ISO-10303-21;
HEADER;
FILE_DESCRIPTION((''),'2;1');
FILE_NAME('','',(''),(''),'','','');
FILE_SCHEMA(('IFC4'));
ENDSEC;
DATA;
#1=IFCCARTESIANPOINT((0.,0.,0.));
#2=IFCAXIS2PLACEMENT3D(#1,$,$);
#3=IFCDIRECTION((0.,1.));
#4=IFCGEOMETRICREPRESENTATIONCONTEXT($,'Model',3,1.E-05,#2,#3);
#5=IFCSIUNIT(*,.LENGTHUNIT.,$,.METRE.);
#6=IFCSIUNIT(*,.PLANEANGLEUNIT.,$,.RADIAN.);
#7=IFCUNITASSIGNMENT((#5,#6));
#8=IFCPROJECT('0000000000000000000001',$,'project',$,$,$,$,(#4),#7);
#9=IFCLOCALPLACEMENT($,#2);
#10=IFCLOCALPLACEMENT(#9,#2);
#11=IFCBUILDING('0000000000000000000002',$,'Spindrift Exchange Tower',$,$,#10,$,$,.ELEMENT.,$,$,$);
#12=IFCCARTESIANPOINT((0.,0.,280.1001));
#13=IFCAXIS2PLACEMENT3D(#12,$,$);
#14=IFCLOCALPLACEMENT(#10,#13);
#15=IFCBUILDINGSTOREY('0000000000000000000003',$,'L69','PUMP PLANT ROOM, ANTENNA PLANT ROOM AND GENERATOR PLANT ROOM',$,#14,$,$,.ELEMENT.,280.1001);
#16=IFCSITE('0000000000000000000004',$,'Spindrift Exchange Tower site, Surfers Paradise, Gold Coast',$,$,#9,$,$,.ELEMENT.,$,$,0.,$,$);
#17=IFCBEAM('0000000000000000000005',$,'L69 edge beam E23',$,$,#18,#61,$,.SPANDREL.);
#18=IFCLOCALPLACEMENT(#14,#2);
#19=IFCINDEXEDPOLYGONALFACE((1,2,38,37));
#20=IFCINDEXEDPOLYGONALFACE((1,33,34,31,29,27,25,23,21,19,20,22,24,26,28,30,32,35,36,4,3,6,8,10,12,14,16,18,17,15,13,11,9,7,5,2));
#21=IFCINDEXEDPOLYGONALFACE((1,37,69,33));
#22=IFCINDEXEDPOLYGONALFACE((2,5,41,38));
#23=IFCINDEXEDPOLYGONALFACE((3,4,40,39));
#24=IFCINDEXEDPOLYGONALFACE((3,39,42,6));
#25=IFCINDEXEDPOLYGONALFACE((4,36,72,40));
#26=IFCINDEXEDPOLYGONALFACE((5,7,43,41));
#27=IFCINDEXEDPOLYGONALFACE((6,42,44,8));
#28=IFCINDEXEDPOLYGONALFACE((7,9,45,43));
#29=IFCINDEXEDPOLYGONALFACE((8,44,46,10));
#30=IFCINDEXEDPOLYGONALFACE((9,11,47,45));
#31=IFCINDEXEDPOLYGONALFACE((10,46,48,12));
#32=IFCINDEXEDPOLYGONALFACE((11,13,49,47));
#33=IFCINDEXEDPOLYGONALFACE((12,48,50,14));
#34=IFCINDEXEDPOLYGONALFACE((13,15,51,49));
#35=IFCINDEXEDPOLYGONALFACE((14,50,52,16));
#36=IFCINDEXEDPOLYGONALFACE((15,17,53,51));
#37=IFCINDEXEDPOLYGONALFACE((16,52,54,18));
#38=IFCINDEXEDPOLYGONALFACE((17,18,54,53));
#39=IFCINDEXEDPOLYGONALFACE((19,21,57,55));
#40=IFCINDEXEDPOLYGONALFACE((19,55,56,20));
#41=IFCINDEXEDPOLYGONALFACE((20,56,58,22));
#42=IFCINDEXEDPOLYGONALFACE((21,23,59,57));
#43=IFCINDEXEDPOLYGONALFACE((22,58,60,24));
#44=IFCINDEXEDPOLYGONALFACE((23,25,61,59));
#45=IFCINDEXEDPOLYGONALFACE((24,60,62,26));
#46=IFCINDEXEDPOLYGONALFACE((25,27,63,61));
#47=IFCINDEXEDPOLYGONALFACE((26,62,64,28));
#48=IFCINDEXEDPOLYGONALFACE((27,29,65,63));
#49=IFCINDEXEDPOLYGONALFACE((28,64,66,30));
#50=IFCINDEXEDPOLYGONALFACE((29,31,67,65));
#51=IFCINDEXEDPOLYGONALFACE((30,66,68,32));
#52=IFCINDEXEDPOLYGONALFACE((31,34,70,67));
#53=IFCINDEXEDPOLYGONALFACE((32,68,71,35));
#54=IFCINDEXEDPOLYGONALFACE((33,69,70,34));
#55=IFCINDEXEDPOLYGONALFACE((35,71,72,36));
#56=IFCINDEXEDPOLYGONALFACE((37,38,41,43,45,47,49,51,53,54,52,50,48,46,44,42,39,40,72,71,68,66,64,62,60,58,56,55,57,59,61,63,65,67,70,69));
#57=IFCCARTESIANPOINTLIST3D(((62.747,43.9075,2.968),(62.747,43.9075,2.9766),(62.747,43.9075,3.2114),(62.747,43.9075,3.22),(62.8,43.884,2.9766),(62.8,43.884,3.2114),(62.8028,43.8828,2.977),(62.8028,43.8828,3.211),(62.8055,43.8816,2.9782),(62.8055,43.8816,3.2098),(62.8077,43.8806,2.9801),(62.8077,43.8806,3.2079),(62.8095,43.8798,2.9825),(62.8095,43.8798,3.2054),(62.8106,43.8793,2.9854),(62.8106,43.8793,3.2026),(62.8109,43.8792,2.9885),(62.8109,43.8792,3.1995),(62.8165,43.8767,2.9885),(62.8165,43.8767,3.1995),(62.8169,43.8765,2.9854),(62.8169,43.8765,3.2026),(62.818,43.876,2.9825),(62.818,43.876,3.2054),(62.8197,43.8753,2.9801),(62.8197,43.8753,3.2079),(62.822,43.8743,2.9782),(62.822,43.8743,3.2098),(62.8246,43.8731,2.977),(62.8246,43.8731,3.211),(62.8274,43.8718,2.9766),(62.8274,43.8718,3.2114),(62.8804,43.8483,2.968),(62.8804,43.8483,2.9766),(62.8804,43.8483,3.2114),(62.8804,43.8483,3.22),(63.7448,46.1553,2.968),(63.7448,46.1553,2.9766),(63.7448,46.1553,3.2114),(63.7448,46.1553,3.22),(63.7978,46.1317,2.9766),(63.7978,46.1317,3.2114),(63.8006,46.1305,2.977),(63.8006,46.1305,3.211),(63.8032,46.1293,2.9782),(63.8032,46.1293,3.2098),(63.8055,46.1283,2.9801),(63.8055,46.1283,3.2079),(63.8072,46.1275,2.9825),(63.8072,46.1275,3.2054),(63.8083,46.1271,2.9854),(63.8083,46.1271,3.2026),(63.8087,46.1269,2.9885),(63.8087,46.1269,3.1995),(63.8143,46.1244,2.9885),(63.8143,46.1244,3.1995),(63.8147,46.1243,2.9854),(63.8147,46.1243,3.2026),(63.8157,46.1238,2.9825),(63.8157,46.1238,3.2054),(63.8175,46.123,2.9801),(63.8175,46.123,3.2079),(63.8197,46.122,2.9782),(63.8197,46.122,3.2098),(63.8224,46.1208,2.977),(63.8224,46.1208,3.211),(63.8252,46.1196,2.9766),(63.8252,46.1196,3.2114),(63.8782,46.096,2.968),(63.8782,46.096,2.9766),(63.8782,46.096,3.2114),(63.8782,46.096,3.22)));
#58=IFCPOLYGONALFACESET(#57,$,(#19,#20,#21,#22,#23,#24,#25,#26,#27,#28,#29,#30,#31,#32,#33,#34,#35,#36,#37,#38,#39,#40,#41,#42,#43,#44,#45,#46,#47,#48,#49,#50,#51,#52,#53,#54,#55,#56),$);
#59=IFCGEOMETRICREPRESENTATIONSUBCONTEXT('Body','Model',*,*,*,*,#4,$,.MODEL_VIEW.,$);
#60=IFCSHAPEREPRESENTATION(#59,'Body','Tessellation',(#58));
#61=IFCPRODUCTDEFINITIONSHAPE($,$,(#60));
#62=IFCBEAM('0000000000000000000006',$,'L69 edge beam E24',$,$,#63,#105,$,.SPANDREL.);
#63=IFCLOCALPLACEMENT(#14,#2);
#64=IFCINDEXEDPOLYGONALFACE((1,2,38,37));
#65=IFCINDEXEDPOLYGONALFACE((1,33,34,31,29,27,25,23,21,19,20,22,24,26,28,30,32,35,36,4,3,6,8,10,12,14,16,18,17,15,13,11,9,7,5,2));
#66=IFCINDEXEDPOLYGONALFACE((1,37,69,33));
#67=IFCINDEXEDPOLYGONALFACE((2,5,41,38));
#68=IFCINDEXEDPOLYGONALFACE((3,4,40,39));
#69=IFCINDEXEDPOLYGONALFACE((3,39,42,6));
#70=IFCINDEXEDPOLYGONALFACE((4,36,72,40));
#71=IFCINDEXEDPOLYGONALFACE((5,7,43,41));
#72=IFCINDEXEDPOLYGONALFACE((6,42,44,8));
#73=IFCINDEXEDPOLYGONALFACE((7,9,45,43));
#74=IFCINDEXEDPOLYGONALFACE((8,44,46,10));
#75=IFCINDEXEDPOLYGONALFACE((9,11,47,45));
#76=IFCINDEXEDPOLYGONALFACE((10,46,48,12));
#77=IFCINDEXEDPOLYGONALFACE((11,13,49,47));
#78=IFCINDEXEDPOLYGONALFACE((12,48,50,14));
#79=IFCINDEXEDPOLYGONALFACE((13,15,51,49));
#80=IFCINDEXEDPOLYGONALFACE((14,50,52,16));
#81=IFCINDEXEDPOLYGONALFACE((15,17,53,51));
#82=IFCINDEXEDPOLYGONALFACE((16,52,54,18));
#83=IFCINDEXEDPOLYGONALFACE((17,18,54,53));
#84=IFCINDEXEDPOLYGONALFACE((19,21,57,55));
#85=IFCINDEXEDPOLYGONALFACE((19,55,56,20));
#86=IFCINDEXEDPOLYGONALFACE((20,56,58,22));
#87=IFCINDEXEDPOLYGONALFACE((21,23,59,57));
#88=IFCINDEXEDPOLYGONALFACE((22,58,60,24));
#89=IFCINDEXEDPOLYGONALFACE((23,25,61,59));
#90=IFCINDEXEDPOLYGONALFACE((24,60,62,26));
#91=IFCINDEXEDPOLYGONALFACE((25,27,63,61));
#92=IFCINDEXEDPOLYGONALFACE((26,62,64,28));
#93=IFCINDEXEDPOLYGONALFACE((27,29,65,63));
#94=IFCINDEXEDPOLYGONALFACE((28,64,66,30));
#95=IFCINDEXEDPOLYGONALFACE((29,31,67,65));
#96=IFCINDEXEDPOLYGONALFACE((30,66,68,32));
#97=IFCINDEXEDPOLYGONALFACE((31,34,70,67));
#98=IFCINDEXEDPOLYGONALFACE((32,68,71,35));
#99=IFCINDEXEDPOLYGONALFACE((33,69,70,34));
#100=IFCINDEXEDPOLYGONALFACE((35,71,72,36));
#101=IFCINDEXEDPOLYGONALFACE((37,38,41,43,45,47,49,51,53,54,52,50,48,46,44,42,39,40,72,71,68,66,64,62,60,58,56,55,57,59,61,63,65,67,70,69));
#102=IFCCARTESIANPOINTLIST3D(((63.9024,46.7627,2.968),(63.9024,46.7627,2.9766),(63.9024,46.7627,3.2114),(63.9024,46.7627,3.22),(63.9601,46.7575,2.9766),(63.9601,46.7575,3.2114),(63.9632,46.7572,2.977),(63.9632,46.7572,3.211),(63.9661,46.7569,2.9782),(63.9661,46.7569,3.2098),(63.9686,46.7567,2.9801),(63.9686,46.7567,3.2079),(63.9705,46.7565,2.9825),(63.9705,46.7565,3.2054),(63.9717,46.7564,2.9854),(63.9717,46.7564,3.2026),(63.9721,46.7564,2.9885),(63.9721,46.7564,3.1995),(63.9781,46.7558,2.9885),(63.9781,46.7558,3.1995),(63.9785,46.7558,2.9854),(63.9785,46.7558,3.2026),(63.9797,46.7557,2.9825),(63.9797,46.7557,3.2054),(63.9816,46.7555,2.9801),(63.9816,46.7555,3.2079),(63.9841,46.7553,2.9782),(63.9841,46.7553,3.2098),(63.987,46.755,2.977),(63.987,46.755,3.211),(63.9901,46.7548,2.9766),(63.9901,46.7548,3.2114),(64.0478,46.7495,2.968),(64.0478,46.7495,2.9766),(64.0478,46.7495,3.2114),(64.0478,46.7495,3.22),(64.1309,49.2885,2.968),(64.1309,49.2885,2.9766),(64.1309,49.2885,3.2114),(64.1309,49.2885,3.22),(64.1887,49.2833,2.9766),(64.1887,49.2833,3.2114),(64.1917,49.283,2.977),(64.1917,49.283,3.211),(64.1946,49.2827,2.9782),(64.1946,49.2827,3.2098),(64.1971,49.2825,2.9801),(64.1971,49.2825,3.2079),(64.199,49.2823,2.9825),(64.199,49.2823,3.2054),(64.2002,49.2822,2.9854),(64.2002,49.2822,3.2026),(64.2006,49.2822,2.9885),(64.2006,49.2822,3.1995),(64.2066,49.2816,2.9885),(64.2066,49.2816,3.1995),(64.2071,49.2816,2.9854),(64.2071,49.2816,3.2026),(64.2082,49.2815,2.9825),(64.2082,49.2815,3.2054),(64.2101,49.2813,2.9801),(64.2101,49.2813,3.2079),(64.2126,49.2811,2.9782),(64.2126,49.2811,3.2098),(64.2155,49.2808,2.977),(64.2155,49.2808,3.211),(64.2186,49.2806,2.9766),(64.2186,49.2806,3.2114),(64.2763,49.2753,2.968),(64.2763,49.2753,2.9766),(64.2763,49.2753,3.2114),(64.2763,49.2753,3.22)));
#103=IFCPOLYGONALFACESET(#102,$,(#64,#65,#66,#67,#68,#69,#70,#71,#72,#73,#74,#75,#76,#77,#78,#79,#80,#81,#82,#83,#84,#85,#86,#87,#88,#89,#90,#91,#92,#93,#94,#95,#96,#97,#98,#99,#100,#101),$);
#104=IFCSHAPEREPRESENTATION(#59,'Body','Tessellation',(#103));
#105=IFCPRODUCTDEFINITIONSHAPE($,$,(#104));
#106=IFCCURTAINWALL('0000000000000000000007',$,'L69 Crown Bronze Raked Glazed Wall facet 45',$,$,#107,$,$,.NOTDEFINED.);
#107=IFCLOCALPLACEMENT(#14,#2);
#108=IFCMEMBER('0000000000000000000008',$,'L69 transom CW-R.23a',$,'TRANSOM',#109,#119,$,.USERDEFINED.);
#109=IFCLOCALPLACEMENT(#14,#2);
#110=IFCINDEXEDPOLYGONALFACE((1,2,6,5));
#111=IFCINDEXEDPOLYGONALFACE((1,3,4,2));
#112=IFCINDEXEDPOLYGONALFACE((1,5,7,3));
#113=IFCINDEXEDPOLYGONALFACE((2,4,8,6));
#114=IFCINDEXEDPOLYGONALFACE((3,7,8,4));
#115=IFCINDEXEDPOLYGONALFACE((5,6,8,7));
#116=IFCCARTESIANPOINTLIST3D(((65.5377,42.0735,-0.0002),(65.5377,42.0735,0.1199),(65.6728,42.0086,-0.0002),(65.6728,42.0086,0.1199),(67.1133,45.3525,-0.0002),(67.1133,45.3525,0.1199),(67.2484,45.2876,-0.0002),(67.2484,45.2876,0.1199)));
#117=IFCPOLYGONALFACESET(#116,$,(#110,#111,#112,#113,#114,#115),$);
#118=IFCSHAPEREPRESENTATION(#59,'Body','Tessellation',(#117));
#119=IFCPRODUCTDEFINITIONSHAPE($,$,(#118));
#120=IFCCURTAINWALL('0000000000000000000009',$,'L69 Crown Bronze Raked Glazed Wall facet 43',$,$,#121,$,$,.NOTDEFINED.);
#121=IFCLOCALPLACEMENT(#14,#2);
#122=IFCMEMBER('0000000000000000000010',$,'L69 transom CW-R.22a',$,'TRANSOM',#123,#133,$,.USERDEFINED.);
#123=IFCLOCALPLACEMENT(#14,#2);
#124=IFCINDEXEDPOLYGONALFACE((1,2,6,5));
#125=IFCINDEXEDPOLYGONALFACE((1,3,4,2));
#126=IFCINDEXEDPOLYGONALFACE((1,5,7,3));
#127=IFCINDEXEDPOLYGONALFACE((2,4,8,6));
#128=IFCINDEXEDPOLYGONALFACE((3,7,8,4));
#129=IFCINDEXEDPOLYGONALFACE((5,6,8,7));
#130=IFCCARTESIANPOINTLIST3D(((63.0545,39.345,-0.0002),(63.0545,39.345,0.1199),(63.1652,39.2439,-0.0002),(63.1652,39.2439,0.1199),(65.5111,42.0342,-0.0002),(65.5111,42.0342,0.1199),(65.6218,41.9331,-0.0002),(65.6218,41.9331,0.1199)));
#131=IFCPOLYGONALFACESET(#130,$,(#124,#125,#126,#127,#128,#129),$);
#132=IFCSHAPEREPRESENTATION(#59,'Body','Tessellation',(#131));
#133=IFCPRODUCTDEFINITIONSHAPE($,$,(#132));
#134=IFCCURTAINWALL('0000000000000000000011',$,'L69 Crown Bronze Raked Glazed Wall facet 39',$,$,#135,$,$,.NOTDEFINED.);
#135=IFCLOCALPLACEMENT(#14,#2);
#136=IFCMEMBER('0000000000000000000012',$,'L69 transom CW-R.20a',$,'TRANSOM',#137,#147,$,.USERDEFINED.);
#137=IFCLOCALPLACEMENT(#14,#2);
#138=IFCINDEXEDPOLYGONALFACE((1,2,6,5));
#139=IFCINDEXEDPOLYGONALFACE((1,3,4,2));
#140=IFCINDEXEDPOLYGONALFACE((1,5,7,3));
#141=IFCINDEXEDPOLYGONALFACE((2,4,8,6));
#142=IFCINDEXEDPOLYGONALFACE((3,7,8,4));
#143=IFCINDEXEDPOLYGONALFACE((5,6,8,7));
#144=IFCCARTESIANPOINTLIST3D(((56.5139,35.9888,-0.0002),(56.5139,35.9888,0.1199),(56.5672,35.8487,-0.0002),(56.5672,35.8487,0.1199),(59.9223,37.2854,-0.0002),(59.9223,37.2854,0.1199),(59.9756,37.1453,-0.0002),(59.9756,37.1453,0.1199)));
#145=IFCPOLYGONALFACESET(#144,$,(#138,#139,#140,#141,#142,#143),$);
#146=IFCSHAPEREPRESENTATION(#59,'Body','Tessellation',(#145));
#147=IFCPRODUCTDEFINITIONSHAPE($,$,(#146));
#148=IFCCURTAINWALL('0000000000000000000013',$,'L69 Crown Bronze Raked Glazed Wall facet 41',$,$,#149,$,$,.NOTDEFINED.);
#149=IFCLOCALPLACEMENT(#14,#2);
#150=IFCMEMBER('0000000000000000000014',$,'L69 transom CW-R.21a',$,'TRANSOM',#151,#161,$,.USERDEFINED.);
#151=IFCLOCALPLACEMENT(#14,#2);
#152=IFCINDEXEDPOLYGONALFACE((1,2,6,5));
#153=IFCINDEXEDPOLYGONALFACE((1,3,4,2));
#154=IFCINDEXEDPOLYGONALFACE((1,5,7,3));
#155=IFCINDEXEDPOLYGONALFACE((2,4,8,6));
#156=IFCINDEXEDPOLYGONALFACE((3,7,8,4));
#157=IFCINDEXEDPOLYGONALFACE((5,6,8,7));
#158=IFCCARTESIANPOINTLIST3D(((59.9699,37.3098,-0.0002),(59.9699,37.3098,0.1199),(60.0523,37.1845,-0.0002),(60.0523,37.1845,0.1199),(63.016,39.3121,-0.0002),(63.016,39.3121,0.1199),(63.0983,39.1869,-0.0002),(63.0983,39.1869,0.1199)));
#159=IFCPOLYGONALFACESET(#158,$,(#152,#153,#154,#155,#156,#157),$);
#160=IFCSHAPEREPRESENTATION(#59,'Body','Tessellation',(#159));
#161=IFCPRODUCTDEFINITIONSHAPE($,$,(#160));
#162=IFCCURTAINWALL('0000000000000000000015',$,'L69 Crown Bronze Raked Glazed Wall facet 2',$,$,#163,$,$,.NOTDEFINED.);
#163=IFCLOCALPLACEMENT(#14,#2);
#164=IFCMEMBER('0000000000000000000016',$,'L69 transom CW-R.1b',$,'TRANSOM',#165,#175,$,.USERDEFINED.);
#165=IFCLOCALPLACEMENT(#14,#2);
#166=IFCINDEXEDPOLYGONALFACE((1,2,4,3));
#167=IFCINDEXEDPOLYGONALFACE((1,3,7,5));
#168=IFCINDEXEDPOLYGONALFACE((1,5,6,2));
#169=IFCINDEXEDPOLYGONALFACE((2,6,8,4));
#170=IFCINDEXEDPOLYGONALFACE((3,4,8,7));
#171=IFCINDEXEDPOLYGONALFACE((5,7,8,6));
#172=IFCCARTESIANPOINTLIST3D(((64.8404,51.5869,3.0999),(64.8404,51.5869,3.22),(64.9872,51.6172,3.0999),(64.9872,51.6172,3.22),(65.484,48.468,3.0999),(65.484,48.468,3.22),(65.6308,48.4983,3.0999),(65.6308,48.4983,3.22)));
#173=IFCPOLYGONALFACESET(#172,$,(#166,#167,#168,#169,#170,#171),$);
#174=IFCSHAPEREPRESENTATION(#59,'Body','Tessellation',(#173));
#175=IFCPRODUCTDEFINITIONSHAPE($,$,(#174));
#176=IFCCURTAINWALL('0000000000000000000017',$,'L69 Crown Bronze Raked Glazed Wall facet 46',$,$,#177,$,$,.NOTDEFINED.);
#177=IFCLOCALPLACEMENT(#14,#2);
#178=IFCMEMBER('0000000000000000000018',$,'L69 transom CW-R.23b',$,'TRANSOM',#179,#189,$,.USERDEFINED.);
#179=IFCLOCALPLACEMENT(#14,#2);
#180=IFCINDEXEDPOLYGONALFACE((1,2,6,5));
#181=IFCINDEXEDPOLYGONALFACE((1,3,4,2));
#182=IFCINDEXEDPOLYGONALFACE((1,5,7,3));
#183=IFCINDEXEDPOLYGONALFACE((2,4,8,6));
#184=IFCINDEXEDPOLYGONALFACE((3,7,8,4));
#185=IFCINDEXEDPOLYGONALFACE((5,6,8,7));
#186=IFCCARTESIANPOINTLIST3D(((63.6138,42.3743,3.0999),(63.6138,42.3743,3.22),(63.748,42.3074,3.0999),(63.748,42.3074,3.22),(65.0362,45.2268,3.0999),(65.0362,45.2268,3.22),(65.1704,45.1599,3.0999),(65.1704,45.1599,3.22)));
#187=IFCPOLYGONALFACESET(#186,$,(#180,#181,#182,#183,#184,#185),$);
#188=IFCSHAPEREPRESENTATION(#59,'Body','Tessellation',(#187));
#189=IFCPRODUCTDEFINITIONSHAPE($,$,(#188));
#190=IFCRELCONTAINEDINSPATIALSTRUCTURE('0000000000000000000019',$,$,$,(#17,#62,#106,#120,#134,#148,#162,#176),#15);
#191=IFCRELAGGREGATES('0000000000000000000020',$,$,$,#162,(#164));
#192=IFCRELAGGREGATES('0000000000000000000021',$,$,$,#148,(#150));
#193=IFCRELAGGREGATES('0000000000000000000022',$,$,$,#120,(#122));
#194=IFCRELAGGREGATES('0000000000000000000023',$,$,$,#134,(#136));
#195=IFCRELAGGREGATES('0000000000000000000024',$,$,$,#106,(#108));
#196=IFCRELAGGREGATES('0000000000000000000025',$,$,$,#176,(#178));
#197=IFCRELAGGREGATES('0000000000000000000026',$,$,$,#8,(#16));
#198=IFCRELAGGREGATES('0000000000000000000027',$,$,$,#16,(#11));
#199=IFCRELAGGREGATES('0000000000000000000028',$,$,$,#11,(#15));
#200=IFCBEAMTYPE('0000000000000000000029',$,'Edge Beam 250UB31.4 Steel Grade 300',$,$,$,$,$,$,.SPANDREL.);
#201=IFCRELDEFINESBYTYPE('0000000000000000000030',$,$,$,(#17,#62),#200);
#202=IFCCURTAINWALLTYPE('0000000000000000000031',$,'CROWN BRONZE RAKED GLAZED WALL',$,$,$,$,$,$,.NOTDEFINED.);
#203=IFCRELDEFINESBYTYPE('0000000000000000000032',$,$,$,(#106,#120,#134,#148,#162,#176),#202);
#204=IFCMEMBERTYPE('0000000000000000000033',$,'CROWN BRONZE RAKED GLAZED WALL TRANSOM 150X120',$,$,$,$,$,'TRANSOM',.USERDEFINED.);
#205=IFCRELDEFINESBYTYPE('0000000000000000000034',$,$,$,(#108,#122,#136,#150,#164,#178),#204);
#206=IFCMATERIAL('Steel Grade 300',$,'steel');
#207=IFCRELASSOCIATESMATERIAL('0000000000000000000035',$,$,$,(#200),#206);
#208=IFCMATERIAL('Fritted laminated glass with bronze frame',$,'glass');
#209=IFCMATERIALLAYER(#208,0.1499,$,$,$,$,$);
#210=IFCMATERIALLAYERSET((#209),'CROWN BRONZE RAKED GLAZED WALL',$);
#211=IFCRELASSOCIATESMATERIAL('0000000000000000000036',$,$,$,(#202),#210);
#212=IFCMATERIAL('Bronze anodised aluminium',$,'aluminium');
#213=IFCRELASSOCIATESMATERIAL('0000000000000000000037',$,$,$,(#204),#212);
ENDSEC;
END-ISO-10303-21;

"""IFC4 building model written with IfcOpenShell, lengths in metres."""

from ifc_helpers import new_model, si_unit, direction, frame, origin, origin_2d, place, context, subcontext, project, spatial, rectangle, i_section, extrude, source, transform, mapped, material, layer, layer_set, material_profile, profile_set, type_object, element, aggregate, save


model = new_model("IFC4")

# Units and contexts
model_context = context("Model", 3, precision=1e-05, world=origin(), true_north=direction((0.0, 1.0)))
body_context = subcontext(model_context, "Body", "Model", "MODEL_VIEW")
ifc_project = project(units=[si_unit("LENGTHUNIT", "METRE"), si_unit("PLANEANGLEUNIT", "RADIAN")], contexts=[model_context])

# Site, building, storey
site_placement = place(None, origin())
site = spatial("IfcSite", under=ifc_project, at=site_placement, Name="Spindrift Exchange Tower site, Surfers Paradise, Gold Coast", CompositionType="ELEMENT", RefElevation=0.0)
building_placement = place(site_placement, origin())
building = spatial("IfcBuilding", under=site, at=building_placement, Name="Spindrift Exchange Tower", CompositionType="ELEMENT")
storey_placement = place(building_placement, frame((0.0, 0.0, 280.1001)))
storey = spatial("IfcBuildingStorey", under=building, at=storey_placement, Name="L69", Description="PUMP PLANT ROOM, ANTENNA PLANT ROOM AND GENERATOR PLANT ROOM", CompositionType="ELEMENT", Elevation=280.1001)

# Beams
ifc_material_1 = material(Name="Steel Grade 300", Category="steel")
ifc_material_profile_1 = material_profile(ifc_material_1, i_section(OverallWidth=0.146, OverallDepth=0.252, WebThickness=0.0061, FlangeThickness=0.0085, FilletRadius=0.012, at=origin_2d()), Name="250UB31.4")
ifc_profile_set_1 = profile_set([ifc_material_profile_1], Name="Steel Grade 300")
beam_type_1 = type_object("IfcBeamType", Name="Edge Beam 250UB31.4 Steel Grade 300", PredefinedType="SPANDREL", material=ifc_profile_set_1)
shared_shape_1 = source(origin(), body_context, "Body", "SweptSolid", [
    extrude(i_section(OverallWidth=0.146, OverallDepth=0.252, WebThickness=0.0061, FlangeThickness=0.0085, FilletRadius=0.012, at=origin_2d()), origin(), (0.0, 0.0, 1.0), 2.4592),
])
beam_1_placement = place(storey_placement, frame((62.8137, 43.8779, 3.094), z_axis=(0.405724, 0.913996, 0.0), x_axis=(-0.913996, 0.405724, 0.0)))
element("IfcBeam", 1, at=beam_1_placement, inside=storey, type_object=beam_type_1, Name="L69 edge beam E23", PredefinedType="SPANDREL", context=body_context, shape_type="MappedRepresentation", body=[
    mapped(shared_shape_1, transform((0.0, 0.0, 0.0), scale=1.0)),
])
shared_shape_2 = source(origin(), body_context, "Body", "SweptSolid", [
    extrude(i_section(OverallWidth=0.146, OverallDepth=0.252, WebThickness=0.0061, FlangeThickness=0.0085, FilletRadius=0.012, at=origin_2d()), origin(), (0.0, 0.0, 1.0), 2.5361),
])
beam_2_placement = place(storey_placement, frame((63.9751, 46.7561, 3.094), z_axis=(0.090102, 0.995933, 0.0), x_axis=(-0.995933, 0.090102, 0.0)))
element("IfcBeam", 2, at=beam_2_placement, inside=storey, type_object=beam_type_1, Name="L69 edge beam E24", PredefinedType="SPANDREL", context=body_context, shape_type="MappedRepresentation", body=[
    mapped(shared_shape_2, transform((0.0, 0.0, 0.0), scale=1.0)),
])

# Curtain walls, members
ifc_material_2 = material(Name="Fritted laminated glass with bronze frame", Category="glass")
ifc_layer_1 = layer(ifc_material_2, 0.1499)
ifc_layer_set_1 = layer_set([ifc_layer_1], Name="CROWN BRONZE RAKED GLAZED WALL")
curtain_wall_type = type_object("IfcCurtainWallType", Name="CROWN BRONZE RAKED GLAZED WALL", PredefinedType="NOTDEFINED", material=ifc_layer_set_1)
curtain_wall_1_placement = place(storey_placement, origin())
curtain_wall_1 = element("IfcCurtainWall", 3, at=curtain_wall_1_placement, inside=storey, type_object=curtain_wall_type, Name="L69 Crown Bronze Raked Glazed Wall facet 45", PredefinedType="NOTDEFINED")
ifc_material_3 = material(Name="Bronze anodised aluminium", Category="aluminium")
ifc_material_profile_2 = material_profile(ifc_material_3, rectangle(XDim=0.1499, YDim=0.1201, at=origin_2d()), Name="CROWN BRONZE RAKED GLAZED WALL TRANSOM 150X120")
ifc_profile_set_2 = profile_set([ifc_material_profile_2], Name="Bronze anodised aluminium")
member_type_1 = type_object("IfcMemberType", Name="CROWN BRONZE RAKED GLAZED WALL TRANSOM 150X120", ElementType="TRANSOM", PredefinedType="USERDEFINED", material=ifc_profile_set_2)
shared_shape_3 = source(origin(), body_context, "Body", "SweptSolid", [
    extrude(rectangle(XDim=0.1499, YDim=0.1201, at=origin_2d()), origin(), (0.0, 0.0, 1.0), 3.6379),
])
member_1_placement = place(storey_placement, frame((65.6052, 42.041, 0.0598), z_axis=(0.433119, 0.901337, 0.0), x_axis=(-0.901337, 0.433119, 0.0)))
member_1 = element("IfcMember", 4, at=member_1_placement, type_object=member_type_1, Name="L69 transom CW-R.23a", ObjectType="TRANSOM", PredefinedType="USERDEFINED", context=body_context, shape_type="MappedRepresentation", body=[
    mapped(shared_shape_3, transform((0.0, 0.0, 0.0), scale=1.0)),
])
curtain_wall_2_placement = place(storey_placement, origin())
curtain_wall_2 = element("IfcCurtainWall", 5, at=curtain_wall_2_placement, inside=storey, type_object=curtain_wall_type, Name="L69 Crown Bronze Raked Glazed Wall facet 43", PredefinedType="NOTDEFINED")
shared_shape_4 = source(origin(), body_context, "Body", "SweptSolid", [
    extrude(rectangle(XDim=0.1499, YDim=0.1201, at=origin_2d()), origin(), (0.0, 0.0, 1.0), 3.6423),
])
member_2_placement = place(storey_placement, frame((63.1099, 39.2944, 0.0598), z_axis=(0.674446, 0.738324, 0.0), x_axis=(-0.738324, 0.674446, 0.0)))
member_2 = element("IfcMember", 6, at=member_2_placement, type_object=member_type_1, Name="L69 transom CW-R.22a", ObjectType="TRANSOM", PredefinedType="USERDEFINED", context=body_context, shape_type="MappedRepresentation", body=[
    mapped(shared_shape_4, transform((0.0, 0.0, 0.0), scale=1.0)),
])
curtain_wall_3_placement = place(storey_placement, origin())
curtain_wall_3 = element("IfcCurtainWall", 7, at=curtain_wall_3_placement, inside=storey, type_object=curtain_wall_type, Name="L69 Crown Bronze Raked Glazed Wall facet 39", PredefinedType="NOTDEFINED")
shared_shape_5 = source(origin(), body_context, "Body", "SweptSolid", [
    extrude(rectangle(XDim=0.1499, YDim=0.1201, at=origin_2d()), origin(), (0.0, 0.0, 1.0), 3.6467),
])
member_3_placement = place(storey_placement, frame((59.949, 37.2153, 0.0598), z_axis=(-0.934654, -0.355558, 0.0), x_axis=(0.355558, -0.934654, 0.0)))
member_3 = element("IfcMember", 8, at=member_3_placement, type_object=member_type_1, Name="L69 transom CW-R.20a", ObjectType="TRANSOM", PredefinedType="USERDEFINED", context=body_context, shape_type="MappedRepresentation", body=[
    mapped(shared_shape_5, transform((0.0, 0.0, 0.0), scale=1.0)),
])
curtain_wall_4_placement = place(storey_placement, origin())
curtain_wall_4 = element("IfcCurtainWall", 9, at=curtain_wall_4_placement, inside=storey, type_object=curtain_wall_type, Name="L69 Crown Bronze Raked Glazed Wall facet 41", PredefinedType="NOTDEFINED")
shared_shape_6 = source(origin(), body_context, "Body", "SweptSolid", [
    extrude(rectangle(XDim=0.1499, YDim=0.1201, at=origin_2d()), origin(), (0.0, 0.0, 1.0), 3.6453),
])
member_4_placement = place(storey_placement, frame((63.0571, 39.2495, 0.0598), z_axis=(-0.835619, -0.54931, 0.0), x_axis=(0.54931, -0.835619, 0.0)))
member_4 = element("IfcMember", 10, at=member_4_placement, type_object=member_type_1, Name="L69 transom CW-R.21a", ObjectType="TRANSOM", PredefinedType="USERDEFINED", context=body_context, shape_type="MappedRepresentation", body=[
    mapped(shared_shape_6, transform((0.0, 0.0, 0.0), scale=1.0)),
])
curtain_wall_5_placement = place(storey_placement, origin())
curtain_wall_5 = element("IfcCurtainWall", 11, at=curtain_wall_5_placement, inside=storey, type_object=curtain_wall_type, Name="L69 Crown Bronze Raked Glazed Wall facet 2", PredefinedType="NOTDEFINED")
shared_shape_7 = source(origin(), body_context, "Body", "SweptSolid", [
    extrude(rectangle(XDim=0.1499, YDim=0.1201, at=origin_2d()), origin(), (0.0, 0.0, 1.0), 3.1846),
])
member_5_placement = place(storey_placement, frame((65.5574, 48.4832, 3.1599), z_axis=(-0.202083, 0.979368, 0.0), x_axis=(-0.979368, -0.202083, 0.0)))
member_5 = element("IfcMember", 12, at=member_5_placement, type_object=member_type_1, Name="L69 transom CW-R.1b", ObjectType="TRANSOM", PredefinedType="USERDEFINED", context=body_context, shape_type="MappedRepresentation", body=[
    mapped(shared_shape_7, transform((0.0, 0.0, 0.0), scale=1.0)),
])
aggregate(curtain_wall_5, [member_5])
curtain_wall_6_placement = place(storey_placement, origin())
curtain_wall_6 = element("IfcCurtainWall", 13, at=curtain_wall_6_placement, inside=storey, type_object=curtain_wall_type, Name="L69 Crown Bronze Raked Glazed Wall facet 46", PredefinedType="NOTDEFINED")
shared_shape_8 = source(origin(), body_context, "Body", "SweptSolid", [
    extrude(rectangle(XDim=0.1499, YDim=0.1201, at=origin_2d()), origin(), (0.0, 0.0, 1.0), 3.1875),
])
member_6_placement = place(storey_placement, frame((63.6809, 42.3408, 3.1599), z_axis=(0.446233, 0.894917, 0.0), x_axis=(-0.894917, 0.446233, 0.0)))
member_6 = element("IfcMember", 14, at=member_6_placement, type_object=member_type_1, Name="L69 transom CW-R.23b", ObjectType="TRANSOM", PredefinedType="USERDEFINED", context=body_context, shape_type="MappedRepresentation", body=[
    mapped(shared_shape_8, transform((0.0, 0.0, 0.0), scale=1.0)),
])

aggregate(curtain_wall_4, [member_4])
aggregate(curtain_wall_2, [member_2])
aggregate(curtain_wall_3, [member_3])

aggregate(curtain_wall_1, [member_1])
aggregate(curtain_wall_6, [member_6])

save(model, "model.ifc")
